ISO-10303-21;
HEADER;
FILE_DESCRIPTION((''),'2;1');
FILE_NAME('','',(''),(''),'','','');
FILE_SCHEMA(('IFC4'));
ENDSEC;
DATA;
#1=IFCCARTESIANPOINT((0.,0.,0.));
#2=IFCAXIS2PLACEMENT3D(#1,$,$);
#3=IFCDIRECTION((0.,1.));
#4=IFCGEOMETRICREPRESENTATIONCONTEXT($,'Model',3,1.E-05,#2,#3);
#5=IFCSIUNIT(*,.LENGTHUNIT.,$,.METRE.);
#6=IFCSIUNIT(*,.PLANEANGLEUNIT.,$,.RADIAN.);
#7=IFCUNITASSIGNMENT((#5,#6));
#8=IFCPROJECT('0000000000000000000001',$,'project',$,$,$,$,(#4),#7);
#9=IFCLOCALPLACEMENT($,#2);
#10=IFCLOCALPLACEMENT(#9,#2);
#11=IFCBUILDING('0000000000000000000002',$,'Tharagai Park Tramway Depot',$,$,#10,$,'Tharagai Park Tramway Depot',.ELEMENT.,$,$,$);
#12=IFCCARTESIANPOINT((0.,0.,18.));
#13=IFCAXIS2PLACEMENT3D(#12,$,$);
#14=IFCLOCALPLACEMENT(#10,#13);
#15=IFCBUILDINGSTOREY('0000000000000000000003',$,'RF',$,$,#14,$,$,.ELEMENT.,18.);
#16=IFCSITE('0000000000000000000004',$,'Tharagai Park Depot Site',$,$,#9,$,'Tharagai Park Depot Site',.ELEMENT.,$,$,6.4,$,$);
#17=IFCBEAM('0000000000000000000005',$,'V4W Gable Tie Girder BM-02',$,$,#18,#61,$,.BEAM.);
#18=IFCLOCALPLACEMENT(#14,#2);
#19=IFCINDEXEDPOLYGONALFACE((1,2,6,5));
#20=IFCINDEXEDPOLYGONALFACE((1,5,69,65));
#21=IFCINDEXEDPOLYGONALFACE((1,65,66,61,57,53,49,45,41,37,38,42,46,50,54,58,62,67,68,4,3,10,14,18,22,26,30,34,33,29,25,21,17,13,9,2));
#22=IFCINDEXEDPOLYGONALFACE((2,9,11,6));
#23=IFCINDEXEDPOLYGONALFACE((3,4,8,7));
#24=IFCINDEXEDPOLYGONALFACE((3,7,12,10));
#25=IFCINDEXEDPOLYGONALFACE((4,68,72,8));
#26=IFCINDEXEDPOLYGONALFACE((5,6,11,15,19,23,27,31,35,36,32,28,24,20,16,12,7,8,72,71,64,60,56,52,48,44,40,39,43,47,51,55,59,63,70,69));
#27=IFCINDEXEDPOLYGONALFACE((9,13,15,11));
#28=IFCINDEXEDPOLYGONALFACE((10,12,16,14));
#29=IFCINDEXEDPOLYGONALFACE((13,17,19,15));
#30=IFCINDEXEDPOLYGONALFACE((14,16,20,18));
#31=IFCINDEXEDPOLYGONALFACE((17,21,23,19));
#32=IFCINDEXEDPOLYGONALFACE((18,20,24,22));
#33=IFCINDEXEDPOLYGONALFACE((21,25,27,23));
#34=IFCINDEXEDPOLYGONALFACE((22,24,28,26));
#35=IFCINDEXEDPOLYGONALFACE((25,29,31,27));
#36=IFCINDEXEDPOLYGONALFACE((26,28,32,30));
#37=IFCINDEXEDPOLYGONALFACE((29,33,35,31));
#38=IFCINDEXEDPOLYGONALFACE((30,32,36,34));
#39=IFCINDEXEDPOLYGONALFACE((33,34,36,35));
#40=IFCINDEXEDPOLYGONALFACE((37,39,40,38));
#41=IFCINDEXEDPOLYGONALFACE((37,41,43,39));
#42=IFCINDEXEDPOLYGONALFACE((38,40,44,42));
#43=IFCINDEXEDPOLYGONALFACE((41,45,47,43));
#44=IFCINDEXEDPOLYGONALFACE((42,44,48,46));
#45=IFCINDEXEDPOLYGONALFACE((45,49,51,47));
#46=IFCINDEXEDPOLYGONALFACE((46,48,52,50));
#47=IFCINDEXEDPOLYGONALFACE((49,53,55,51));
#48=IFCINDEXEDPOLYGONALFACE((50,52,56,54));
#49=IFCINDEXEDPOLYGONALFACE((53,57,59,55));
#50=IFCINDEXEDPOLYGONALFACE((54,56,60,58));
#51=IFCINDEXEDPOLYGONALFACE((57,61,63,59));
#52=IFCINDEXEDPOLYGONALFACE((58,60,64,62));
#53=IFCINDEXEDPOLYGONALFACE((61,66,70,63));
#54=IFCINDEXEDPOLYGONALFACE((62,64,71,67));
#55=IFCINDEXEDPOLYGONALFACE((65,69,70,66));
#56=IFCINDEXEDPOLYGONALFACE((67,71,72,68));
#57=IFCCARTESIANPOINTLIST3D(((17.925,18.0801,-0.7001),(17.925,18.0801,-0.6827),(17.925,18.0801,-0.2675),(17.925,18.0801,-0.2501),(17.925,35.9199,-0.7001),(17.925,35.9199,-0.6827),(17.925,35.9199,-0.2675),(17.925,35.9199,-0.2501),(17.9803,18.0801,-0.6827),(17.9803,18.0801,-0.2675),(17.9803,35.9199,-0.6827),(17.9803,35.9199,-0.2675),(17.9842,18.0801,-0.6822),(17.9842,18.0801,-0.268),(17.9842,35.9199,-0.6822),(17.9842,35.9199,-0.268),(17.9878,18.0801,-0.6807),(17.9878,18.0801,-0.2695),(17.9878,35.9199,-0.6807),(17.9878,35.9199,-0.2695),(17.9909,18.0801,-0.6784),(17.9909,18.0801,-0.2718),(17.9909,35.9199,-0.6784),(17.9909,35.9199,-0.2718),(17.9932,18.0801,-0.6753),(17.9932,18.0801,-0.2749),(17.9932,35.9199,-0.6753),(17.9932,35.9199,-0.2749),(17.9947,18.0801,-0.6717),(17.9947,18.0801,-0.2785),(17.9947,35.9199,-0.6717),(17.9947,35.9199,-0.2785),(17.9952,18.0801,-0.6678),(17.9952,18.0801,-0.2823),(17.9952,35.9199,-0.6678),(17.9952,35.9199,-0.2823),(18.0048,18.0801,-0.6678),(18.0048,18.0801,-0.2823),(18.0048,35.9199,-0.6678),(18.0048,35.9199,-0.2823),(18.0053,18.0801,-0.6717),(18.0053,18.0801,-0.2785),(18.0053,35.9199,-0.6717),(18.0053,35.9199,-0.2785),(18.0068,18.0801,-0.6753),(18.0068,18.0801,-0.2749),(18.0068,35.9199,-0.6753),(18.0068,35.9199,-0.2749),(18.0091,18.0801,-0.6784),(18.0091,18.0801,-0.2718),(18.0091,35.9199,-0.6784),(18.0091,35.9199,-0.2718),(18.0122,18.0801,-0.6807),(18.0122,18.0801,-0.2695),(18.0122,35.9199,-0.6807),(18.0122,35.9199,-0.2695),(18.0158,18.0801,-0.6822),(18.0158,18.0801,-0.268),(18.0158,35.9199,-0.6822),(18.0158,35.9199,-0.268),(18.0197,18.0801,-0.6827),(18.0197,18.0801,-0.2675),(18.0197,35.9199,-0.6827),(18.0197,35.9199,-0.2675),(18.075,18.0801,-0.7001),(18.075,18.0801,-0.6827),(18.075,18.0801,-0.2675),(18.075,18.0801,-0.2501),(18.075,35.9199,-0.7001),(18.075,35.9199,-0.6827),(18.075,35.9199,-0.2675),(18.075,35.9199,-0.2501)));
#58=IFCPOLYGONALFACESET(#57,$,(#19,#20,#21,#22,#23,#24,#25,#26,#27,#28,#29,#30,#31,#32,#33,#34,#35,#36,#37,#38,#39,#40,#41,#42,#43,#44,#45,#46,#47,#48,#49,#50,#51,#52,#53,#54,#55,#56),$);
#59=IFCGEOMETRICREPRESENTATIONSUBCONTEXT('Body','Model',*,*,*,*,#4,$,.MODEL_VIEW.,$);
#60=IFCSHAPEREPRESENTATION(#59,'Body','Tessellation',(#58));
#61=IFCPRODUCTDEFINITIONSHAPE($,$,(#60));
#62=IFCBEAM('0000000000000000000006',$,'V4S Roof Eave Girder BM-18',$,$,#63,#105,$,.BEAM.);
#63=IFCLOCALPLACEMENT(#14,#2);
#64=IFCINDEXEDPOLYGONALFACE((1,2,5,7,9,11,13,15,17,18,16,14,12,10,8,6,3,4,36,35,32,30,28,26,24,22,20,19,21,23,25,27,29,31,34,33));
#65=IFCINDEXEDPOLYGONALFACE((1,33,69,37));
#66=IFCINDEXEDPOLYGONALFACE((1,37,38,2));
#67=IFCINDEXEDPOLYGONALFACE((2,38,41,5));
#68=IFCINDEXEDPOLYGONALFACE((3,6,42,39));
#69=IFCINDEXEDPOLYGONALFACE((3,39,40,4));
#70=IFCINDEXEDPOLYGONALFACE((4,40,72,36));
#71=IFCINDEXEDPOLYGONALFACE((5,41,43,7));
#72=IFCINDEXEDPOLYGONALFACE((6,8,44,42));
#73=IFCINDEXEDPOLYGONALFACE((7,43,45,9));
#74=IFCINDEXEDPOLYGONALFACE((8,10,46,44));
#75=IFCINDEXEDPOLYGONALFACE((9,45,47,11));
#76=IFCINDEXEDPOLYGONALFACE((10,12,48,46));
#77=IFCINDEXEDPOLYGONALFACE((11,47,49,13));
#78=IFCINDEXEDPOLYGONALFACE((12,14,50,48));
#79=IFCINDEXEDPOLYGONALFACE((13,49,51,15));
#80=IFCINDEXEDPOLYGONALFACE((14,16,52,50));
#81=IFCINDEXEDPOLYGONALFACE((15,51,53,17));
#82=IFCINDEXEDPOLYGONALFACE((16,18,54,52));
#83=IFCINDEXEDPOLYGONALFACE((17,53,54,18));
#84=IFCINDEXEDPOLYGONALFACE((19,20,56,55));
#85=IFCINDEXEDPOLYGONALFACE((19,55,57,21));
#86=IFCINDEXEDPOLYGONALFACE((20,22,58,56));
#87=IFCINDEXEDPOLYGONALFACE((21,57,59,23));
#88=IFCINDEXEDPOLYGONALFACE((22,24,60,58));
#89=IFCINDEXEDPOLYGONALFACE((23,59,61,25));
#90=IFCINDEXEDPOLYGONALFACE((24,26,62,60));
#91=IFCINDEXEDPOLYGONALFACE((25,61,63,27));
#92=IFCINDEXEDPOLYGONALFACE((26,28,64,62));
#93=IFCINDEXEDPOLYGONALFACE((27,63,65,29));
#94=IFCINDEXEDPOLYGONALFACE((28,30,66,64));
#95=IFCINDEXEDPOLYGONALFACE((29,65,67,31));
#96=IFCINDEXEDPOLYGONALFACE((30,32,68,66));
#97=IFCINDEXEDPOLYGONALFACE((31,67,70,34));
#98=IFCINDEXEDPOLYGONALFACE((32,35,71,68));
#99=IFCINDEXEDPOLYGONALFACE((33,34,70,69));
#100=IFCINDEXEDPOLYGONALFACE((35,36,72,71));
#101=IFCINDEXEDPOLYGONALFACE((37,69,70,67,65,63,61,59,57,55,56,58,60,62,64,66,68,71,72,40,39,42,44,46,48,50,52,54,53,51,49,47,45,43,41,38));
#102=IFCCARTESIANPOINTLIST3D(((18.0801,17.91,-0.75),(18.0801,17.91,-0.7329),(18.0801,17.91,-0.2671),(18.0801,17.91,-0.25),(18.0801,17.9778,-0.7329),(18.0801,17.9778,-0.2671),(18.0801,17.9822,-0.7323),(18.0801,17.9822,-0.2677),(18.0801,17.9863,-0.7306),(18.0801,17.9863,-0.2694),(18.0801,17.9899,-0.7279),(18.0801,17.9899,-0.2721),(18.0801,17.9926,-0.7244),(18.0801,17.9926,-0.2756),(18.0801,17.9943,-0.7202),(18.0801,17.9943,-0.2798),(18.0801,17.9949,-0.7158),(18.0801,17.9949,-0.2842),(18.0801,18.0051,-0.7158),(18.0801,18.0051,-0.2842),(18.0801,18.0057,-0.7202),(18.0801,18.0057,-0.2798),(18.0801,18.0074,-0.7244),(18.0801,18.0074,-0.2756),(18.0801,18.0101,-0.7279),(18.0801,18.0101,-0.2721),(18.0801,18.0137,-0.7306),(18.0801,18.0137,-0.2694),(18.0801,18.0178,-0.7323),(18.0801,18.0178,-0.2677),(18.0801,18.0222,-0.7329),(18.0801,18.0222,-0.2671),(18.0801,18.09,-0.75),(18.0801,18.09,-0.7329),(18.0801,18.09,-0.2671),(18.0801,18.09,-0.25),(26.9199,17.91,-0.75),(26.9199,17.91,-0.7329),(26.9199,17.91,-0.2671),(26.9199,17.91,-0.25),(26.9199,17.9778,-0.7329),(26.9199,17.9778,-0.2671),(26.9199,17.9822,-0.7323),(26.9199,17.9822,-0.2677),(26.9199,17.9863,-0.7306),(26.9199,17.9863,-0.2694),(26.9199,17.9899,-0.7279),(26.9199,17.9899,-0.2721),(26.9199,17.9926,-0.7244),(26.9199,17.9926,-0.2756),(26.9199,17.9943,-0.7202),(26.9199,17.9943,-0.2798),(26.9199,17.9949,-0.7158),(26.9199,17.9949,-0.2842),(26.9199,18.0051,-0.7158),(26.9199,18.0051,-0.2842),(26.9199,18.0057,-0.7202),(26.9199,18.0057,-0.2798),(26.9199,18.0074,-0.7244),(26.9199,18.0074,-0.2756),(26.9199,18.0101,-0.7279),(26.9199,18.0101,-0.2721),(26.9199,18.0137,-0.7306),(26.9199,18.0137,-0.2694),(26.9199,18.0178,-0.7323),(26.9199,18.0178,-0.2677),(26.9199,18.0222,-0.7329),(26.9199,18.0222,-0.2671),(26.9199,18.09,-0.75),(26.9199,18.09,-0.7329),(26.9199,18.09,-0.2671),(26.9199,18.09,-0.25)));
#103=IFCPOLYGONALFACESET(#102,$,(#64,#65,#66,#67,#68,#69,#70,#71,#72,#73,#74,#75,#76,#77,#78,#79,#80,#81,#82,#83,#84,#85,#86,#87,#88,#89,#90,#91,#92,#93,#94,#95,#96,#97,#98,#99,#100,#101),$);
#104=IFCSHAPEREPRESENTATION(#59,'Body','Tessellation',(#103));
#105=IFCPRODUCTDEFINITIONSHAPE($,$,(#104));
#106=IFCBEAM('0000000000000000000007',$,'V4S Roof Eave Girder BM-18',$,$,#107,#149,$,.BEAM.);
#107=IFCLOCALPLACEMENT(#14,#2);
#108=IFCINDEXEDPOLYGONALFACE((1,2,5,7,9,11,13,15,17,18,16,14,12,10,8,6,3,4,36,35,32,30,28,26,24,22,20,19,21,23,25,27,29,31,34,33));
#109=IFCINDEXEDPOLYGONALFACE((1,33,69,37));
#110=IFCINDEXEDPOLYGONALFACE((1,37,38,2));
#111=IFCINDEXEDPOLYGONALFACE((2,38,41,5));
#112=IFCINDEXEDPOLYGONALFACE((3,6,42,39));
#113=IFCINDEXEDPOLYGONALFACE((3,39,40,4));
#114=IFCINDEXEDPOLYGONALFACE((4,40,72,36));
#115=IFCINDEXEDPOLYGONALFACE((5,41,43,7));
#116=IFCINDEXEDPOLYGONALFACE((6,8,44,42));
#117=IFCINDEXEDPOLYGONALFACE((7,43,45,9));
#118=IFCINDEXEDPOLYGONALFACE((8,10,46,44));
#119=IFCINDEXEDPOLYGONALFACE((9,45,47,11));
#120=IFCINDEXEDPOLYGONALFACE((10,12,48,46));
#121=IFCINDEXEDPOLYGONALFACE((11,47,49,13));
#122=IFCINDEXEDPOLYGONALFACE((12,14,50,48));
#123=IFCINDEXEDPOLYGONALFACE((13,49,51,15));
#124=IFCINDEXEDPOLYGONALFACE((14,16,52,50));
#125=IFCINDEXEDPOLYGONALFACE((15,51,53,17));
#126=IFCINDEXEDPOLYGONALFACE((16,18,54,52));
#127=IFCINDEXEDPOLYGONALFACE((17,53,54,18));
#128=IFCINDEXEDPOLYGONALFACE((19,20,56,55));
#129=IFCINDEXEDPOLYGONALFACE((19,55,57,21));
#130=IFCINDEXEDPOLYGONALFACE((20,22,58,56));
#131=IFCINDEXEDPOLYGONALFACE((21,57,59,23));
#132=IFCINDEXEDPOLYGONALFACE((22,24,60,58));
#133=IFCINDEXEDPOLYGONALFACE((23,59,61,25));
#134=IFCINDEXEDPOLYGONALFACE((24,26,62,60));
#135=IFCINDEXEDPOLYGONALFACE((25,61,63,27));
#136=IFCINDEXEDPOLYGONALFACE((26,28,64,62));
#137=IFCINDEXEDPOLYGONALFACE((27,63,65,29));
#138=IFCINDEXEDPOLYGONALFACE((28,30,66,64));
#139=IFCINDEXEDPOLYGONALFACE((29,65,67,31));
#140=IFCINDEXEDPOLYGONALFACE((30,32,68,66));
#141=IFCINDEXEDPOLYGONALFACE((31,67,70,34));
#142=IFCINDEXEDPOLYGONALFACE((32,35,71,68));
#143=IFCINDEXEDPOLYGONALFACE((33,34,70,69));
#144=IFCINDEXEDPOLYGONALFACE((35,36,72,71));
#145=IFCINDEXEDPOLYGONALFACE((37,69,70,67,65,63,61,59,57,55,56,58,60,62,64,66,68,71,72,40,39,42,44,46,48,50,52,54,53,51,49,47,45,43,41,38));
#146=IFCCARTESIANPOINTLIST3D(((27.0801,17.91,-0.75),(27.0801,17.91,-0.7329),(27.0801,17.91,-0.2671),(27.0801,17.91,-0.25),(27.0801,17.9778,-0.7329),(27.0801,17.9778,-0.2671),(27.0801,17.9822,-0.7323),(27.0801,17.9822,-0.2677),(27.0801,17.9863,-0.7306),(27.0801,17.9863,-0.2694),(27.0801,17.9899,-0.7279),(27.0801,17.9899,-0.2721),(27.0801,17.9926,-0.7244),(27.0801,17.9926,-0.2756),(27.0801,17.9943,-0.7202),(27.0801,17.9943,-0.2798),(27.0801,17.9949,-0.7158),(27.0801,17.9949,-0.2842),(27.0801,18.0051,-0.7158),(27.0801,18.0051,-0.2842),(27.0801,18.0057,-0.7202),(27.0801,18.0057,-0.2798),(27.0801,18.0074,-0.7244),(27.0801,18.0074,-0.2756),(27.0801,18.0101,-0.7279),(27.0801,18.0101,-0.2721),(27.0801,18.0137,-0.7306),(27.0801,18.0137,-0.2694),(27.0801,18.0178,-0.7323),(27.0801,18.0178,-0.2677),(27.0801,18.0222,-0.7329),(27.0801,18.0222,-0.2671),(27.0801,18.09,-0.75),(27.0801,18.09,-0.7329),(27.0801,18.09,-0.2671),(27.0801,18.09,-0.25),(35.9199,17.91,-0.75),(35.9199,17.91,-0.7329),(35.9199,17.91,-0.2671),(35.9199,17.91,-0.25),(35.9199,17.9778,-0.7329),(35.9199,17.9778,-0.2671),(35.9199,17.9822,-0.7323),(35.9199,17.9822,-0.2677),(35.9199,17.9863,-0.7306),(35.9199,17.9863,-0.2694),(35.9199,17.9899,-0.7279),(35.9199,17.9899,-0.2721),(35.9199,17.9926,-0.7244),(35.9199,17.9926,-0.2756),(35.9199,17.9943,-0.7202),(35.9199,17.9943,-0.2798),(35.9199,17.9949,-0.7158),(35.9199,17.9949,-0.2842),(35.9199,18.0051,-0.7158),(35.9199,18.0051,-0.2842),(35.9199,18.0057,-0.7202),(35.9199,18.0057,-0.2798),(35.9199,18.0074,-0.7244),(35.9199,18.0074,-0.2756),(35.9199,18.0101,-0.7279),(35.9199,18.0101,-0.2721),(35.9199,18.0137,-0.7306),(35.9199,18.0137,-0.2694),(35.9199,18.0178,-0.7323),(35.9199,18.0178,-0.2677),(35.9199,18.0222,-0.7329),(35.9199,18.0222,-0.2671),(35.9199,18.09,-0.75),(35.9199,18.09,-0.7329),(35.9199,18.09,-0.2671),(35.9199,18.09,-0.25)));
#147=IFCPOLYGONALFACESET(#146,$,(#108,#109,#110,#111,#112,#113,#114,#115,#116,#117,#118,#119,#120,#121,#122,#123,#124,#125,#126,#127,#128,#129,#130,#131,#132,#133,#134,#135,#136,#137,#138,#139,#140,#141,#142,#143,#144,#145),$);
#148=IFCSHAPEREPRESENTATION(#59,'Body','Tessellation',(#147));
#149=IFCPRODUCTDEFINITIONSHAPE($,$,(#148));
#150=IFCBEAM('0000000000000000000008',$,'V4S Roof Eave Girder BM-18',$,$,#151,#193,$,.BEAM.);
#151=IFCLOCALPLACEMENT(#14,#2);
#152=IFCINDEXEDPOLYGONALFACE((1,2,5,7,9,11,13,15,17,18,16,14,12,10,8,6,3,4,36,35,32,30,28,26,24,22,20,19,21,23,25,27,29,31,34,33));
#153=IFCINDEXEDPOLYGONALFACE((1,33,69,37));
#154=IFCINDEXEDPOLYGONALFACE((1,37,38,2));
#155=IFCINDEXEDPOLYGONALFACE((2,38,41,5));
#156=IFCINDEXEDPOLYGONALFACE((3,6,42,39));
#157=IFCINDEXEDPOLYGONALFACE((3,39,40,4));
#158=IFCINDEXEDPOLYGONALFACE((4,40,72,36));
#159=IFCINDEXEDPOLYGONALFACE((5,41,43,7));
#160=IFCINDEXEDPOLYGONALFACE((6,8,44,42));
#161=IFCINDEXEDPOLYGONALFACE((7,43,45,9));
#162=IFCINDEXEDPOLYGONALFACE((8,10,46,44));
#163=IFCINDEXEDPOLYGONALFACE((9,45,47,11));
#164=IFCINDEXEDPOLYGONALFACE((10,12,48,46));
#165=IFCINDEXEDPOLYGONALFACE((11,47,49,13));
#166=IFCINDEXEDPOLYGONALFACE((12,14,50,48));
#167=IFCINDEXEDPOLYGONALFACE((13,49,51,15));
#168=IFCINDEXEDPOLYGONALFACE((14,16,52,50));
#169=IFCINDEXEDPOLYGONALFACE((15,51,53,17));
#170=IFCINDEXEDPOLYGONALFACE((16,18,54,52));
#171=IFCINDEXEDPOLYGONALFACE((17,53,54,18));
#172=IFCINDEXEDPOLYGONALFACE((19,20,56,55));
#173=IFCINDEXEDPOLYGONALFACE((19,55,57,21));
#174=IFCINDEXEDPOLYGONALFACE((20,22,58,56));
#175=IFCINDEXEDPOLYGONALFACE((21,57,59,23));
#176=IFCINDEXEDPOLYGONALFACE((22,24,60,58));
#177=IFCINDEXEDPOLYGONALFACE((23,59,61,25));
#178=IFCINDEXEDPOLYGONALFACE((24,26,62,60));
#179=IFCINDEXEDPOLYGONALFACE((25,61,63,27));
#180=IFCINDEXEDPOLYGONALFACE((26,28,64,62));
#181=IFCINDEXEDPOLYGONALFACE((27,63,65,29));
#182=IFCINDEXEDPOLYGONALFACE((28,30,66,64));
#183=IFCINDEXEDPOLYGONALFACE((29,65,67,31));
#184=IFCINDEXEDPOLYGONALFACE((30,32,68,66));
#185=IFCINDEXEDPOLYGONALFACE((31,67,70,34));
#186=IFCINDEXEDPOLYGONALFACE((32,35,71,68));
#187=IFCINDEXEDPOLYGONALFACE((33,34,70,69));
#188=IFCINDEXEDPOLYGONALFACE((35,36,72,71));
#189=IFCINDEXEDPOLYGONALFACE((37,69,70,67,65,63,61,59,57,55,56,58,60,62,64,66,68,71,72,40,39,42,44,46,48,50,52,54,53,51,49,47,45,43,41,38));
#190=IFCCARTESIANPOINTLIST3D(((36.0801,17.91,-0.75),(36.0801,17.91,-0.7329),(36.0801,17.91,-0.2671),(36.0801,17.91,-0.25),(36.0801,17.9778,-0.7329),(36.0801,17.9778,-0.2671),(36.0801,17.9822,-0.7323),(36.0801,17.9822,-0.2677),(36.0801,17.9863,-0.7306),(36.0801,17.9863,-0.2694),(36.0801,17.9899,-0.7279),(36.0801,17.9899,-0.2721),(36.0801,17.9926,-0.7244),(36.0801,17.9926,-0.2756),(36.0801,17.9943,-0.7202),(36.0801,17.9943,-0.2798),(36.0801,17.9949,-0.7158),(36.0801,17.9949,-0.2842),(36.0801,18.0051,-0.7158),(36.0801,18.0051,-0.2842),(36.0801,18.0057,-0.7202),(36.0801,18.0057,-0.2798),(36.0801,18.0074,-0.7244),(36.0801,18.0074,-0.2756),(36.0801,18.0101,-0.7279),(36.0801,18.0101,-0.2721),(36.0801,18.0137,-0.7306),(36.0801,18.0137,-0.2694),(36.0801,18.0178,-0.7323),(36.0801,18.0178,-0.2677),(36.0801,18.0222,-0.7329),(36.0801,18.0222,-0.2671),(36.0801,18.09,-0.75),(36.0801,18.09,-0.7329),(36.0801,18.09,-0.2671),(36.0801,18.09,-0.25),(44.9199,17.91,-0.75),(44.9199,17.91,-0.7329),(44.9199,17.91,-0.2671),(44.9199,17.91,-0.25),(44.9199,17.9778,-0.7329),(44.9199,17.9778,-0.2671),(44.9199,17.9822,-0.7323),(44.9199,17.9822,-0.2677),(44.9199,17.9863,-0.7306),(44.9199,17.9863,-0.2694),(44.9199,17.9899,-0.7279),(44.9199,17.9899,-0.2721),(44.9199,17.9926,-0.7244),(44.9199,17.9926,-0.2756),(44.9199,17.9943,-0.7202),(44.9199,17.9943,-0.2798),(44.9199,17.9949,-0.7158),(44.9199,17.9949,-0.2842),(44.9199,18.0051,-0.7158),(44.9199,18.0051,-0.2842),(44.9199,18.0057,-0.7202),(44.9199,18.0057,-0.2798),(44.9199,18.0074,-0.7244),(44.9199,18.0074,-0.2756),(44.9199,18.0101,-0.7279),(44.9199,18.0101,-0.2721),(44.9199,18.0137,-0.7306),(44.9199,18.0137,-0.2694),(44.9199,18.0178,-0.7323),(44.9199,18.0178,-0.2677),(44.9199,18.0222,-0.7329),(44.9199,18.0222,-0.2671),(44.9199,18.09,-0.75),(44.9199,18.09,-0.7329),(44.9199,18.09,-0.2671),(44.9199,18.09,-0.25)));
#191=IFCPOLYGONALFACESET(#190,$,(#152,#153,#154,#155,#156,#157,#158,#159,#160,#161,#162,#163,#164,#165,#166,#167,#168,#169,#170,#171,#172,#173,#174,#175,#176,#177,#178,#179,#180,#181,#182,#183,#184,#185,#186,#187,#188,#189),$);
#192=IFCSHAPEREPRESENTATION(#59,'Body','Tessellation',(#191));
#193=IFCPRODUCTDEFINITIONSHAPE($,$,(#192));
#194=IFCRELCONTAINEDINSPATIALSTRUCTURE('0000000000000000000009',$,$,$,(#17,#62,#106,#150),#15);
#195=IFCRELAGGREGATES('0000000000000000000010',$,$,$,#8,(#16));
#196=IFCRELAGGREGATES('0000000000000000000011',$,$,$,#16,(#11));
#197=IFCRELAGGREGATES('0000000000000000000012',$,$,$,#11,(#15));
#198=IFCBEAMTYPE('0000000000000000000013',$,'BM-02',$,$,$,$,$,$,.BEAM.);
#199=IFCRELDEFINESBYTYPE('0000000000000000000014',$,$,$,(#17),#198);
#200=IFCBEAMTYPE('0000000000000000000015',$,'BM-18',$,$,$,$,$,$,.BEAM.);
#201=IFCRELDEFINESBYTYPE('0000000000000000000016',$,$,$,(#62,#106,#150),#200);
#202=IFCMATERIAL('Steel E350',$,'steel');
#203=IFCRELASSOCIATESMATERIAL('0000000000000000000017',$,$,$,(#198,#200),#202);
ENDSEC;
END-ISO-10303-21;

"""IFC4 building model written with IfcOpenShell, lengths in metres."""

from ifc_helpers import new_model, si_unit, direction, frame, origin, origin_2d, place, context, subcontext, project, spatial, i_section, extrude, material, material_profile, profile_set, type_object, element, save


model = new_model("IFC4")

# Units and contexts
model_context = context("Model", 3, precision=1e-05, world=origin(), true_north=direction((0.0, 1.0)))
body_context = subcontext(model_context, "Body", "Model", "MODEL_VIEW")
ifc_project = project(units=[si_unit("LENGTHUNIT", "METRE"), si_unit("PLANEANGLEUNIT", "RADIAN")], contexts=[model_context])

# Site, building, storey
site_placement = place(None, origin())
site = spatial("IfcSite", under=ifc_project, at=site_placement, Name="Tharagai Park Depot Site", LongName="Tharagai Park Depot Site", CompositionType="ELEMENT", RefElevation=6.4)
building_placement = place(site_placement, origin())
building = spatial("IfcBuilding", under=site, at=building_placement, Name="Tharagai Park Tramway Depot", LongName="Tharagai Park Tramway Depot", CompositionType="ELEMENT")
storey_placement = place(building_placement, frame((0.0, 0.0, 18.0)))
storey = spatial("IfcBuildingStorey", under=building, at=storey_placement, Name="RF", CompositionType="ELEMENT", Elevation=18.0)

# Beams
ifc_material_1 = material(Name="Steel E350", Category="steel")
ifc_material_profile_1 = material_profile(ifc_material_1, i_section(OverallWidth=0.1499, OverallDepth=0.45, WebThickness=0.0095, FlangeThickness=0.0173, FilletRadius=0.0149, at=origin_2d()), Name="ISMB 450")
ifc_profile_set_1 = profile_set([ifc_material_profile_1], Name="Steel E350")
beam_type_1 = type_object("IfcBeamType", Name="BM-02", PredefinedType="BEAM", material=ifc_profile_set_1)
beam_placement = place(storey_placement, frame((18.0, 18.0801, -0.4751), z_axis=(0.0, 1.0, 0.0), x_axis=(-1.0, 0.0, 0.0)))
element("IfcBeam", 1, at=beam_placement, inside=storey, type_object=beam_type_1, Name="V4W Gable Tie Girder BM-02", PredefinedType="BEAM", context=body_context, shape_type="SweptSolid", body=[
    extrude(i_section(OverallWidth=0.1499, OverallDepth=0.45, WebThickness=0.0095, FlangeThickness=0.0173, FilletRadius=0.0149, at=origin_2d()), origin(), (0.0, 0.0, 1.0), 17.8398),
])
ifc_material_profile_2 = material_profile(ifc_material_1, i_section(OverallWidth=0.1799, OverallDepth=0.5, WebThickness=0.0103, FlangeThickness=0.0171, FilletRadius=0.0171, at=origin_2d()), Name="ISMB 500")
ifc_profile_set_2 = profile_set([ifc_material_profile_2], Name="Steel E350")
beam_type_2 = type_object("IfcBeamType", Name="BM-18", PredefinedType="BEAM", material=ifc_profile_set_2)
for number, where, z_axis, x_axis, name in (
    (2, (18.0801, 18.0, -0.5), (1.0, 0.0, 0.0), (0.0, 1.0, 0.0), "V4S Roof Eave Girder BM-18"),
    (3, (27.0801, 18.0, -0.5), (1.0, 0.0, 0.0), (0.0, 1.0, 0.0), "V4S Roof Eave Girder BM-18"),
    (4, (36.0801, 18.0, -0.5), (1.0, 0.0, 0.0), (0.0, 1.0, 0.0), "V4S Roof Eave Girder BM-18"),
):
    element("IfcBeam", number, at=place(storey_placement, frame(where, z_axis=z_axis, x_axis=x_axis)), inside=storey, type_object=beam_type_2, Name=name, PredefinedType="BEAM", context=body_context, shape_type="SweptSolid", body=[
        extrude(i_section(OverallWidth=0.1799, OverallDepth=0.5, WebThickness=0.0103, FlangeThickness=0.0171, FilletRadius=0.0171, at=origin_2d()), origin(), (0.0, 0.0, 1.0), 8.8398),
    ])

save(model, "model.ifc")
